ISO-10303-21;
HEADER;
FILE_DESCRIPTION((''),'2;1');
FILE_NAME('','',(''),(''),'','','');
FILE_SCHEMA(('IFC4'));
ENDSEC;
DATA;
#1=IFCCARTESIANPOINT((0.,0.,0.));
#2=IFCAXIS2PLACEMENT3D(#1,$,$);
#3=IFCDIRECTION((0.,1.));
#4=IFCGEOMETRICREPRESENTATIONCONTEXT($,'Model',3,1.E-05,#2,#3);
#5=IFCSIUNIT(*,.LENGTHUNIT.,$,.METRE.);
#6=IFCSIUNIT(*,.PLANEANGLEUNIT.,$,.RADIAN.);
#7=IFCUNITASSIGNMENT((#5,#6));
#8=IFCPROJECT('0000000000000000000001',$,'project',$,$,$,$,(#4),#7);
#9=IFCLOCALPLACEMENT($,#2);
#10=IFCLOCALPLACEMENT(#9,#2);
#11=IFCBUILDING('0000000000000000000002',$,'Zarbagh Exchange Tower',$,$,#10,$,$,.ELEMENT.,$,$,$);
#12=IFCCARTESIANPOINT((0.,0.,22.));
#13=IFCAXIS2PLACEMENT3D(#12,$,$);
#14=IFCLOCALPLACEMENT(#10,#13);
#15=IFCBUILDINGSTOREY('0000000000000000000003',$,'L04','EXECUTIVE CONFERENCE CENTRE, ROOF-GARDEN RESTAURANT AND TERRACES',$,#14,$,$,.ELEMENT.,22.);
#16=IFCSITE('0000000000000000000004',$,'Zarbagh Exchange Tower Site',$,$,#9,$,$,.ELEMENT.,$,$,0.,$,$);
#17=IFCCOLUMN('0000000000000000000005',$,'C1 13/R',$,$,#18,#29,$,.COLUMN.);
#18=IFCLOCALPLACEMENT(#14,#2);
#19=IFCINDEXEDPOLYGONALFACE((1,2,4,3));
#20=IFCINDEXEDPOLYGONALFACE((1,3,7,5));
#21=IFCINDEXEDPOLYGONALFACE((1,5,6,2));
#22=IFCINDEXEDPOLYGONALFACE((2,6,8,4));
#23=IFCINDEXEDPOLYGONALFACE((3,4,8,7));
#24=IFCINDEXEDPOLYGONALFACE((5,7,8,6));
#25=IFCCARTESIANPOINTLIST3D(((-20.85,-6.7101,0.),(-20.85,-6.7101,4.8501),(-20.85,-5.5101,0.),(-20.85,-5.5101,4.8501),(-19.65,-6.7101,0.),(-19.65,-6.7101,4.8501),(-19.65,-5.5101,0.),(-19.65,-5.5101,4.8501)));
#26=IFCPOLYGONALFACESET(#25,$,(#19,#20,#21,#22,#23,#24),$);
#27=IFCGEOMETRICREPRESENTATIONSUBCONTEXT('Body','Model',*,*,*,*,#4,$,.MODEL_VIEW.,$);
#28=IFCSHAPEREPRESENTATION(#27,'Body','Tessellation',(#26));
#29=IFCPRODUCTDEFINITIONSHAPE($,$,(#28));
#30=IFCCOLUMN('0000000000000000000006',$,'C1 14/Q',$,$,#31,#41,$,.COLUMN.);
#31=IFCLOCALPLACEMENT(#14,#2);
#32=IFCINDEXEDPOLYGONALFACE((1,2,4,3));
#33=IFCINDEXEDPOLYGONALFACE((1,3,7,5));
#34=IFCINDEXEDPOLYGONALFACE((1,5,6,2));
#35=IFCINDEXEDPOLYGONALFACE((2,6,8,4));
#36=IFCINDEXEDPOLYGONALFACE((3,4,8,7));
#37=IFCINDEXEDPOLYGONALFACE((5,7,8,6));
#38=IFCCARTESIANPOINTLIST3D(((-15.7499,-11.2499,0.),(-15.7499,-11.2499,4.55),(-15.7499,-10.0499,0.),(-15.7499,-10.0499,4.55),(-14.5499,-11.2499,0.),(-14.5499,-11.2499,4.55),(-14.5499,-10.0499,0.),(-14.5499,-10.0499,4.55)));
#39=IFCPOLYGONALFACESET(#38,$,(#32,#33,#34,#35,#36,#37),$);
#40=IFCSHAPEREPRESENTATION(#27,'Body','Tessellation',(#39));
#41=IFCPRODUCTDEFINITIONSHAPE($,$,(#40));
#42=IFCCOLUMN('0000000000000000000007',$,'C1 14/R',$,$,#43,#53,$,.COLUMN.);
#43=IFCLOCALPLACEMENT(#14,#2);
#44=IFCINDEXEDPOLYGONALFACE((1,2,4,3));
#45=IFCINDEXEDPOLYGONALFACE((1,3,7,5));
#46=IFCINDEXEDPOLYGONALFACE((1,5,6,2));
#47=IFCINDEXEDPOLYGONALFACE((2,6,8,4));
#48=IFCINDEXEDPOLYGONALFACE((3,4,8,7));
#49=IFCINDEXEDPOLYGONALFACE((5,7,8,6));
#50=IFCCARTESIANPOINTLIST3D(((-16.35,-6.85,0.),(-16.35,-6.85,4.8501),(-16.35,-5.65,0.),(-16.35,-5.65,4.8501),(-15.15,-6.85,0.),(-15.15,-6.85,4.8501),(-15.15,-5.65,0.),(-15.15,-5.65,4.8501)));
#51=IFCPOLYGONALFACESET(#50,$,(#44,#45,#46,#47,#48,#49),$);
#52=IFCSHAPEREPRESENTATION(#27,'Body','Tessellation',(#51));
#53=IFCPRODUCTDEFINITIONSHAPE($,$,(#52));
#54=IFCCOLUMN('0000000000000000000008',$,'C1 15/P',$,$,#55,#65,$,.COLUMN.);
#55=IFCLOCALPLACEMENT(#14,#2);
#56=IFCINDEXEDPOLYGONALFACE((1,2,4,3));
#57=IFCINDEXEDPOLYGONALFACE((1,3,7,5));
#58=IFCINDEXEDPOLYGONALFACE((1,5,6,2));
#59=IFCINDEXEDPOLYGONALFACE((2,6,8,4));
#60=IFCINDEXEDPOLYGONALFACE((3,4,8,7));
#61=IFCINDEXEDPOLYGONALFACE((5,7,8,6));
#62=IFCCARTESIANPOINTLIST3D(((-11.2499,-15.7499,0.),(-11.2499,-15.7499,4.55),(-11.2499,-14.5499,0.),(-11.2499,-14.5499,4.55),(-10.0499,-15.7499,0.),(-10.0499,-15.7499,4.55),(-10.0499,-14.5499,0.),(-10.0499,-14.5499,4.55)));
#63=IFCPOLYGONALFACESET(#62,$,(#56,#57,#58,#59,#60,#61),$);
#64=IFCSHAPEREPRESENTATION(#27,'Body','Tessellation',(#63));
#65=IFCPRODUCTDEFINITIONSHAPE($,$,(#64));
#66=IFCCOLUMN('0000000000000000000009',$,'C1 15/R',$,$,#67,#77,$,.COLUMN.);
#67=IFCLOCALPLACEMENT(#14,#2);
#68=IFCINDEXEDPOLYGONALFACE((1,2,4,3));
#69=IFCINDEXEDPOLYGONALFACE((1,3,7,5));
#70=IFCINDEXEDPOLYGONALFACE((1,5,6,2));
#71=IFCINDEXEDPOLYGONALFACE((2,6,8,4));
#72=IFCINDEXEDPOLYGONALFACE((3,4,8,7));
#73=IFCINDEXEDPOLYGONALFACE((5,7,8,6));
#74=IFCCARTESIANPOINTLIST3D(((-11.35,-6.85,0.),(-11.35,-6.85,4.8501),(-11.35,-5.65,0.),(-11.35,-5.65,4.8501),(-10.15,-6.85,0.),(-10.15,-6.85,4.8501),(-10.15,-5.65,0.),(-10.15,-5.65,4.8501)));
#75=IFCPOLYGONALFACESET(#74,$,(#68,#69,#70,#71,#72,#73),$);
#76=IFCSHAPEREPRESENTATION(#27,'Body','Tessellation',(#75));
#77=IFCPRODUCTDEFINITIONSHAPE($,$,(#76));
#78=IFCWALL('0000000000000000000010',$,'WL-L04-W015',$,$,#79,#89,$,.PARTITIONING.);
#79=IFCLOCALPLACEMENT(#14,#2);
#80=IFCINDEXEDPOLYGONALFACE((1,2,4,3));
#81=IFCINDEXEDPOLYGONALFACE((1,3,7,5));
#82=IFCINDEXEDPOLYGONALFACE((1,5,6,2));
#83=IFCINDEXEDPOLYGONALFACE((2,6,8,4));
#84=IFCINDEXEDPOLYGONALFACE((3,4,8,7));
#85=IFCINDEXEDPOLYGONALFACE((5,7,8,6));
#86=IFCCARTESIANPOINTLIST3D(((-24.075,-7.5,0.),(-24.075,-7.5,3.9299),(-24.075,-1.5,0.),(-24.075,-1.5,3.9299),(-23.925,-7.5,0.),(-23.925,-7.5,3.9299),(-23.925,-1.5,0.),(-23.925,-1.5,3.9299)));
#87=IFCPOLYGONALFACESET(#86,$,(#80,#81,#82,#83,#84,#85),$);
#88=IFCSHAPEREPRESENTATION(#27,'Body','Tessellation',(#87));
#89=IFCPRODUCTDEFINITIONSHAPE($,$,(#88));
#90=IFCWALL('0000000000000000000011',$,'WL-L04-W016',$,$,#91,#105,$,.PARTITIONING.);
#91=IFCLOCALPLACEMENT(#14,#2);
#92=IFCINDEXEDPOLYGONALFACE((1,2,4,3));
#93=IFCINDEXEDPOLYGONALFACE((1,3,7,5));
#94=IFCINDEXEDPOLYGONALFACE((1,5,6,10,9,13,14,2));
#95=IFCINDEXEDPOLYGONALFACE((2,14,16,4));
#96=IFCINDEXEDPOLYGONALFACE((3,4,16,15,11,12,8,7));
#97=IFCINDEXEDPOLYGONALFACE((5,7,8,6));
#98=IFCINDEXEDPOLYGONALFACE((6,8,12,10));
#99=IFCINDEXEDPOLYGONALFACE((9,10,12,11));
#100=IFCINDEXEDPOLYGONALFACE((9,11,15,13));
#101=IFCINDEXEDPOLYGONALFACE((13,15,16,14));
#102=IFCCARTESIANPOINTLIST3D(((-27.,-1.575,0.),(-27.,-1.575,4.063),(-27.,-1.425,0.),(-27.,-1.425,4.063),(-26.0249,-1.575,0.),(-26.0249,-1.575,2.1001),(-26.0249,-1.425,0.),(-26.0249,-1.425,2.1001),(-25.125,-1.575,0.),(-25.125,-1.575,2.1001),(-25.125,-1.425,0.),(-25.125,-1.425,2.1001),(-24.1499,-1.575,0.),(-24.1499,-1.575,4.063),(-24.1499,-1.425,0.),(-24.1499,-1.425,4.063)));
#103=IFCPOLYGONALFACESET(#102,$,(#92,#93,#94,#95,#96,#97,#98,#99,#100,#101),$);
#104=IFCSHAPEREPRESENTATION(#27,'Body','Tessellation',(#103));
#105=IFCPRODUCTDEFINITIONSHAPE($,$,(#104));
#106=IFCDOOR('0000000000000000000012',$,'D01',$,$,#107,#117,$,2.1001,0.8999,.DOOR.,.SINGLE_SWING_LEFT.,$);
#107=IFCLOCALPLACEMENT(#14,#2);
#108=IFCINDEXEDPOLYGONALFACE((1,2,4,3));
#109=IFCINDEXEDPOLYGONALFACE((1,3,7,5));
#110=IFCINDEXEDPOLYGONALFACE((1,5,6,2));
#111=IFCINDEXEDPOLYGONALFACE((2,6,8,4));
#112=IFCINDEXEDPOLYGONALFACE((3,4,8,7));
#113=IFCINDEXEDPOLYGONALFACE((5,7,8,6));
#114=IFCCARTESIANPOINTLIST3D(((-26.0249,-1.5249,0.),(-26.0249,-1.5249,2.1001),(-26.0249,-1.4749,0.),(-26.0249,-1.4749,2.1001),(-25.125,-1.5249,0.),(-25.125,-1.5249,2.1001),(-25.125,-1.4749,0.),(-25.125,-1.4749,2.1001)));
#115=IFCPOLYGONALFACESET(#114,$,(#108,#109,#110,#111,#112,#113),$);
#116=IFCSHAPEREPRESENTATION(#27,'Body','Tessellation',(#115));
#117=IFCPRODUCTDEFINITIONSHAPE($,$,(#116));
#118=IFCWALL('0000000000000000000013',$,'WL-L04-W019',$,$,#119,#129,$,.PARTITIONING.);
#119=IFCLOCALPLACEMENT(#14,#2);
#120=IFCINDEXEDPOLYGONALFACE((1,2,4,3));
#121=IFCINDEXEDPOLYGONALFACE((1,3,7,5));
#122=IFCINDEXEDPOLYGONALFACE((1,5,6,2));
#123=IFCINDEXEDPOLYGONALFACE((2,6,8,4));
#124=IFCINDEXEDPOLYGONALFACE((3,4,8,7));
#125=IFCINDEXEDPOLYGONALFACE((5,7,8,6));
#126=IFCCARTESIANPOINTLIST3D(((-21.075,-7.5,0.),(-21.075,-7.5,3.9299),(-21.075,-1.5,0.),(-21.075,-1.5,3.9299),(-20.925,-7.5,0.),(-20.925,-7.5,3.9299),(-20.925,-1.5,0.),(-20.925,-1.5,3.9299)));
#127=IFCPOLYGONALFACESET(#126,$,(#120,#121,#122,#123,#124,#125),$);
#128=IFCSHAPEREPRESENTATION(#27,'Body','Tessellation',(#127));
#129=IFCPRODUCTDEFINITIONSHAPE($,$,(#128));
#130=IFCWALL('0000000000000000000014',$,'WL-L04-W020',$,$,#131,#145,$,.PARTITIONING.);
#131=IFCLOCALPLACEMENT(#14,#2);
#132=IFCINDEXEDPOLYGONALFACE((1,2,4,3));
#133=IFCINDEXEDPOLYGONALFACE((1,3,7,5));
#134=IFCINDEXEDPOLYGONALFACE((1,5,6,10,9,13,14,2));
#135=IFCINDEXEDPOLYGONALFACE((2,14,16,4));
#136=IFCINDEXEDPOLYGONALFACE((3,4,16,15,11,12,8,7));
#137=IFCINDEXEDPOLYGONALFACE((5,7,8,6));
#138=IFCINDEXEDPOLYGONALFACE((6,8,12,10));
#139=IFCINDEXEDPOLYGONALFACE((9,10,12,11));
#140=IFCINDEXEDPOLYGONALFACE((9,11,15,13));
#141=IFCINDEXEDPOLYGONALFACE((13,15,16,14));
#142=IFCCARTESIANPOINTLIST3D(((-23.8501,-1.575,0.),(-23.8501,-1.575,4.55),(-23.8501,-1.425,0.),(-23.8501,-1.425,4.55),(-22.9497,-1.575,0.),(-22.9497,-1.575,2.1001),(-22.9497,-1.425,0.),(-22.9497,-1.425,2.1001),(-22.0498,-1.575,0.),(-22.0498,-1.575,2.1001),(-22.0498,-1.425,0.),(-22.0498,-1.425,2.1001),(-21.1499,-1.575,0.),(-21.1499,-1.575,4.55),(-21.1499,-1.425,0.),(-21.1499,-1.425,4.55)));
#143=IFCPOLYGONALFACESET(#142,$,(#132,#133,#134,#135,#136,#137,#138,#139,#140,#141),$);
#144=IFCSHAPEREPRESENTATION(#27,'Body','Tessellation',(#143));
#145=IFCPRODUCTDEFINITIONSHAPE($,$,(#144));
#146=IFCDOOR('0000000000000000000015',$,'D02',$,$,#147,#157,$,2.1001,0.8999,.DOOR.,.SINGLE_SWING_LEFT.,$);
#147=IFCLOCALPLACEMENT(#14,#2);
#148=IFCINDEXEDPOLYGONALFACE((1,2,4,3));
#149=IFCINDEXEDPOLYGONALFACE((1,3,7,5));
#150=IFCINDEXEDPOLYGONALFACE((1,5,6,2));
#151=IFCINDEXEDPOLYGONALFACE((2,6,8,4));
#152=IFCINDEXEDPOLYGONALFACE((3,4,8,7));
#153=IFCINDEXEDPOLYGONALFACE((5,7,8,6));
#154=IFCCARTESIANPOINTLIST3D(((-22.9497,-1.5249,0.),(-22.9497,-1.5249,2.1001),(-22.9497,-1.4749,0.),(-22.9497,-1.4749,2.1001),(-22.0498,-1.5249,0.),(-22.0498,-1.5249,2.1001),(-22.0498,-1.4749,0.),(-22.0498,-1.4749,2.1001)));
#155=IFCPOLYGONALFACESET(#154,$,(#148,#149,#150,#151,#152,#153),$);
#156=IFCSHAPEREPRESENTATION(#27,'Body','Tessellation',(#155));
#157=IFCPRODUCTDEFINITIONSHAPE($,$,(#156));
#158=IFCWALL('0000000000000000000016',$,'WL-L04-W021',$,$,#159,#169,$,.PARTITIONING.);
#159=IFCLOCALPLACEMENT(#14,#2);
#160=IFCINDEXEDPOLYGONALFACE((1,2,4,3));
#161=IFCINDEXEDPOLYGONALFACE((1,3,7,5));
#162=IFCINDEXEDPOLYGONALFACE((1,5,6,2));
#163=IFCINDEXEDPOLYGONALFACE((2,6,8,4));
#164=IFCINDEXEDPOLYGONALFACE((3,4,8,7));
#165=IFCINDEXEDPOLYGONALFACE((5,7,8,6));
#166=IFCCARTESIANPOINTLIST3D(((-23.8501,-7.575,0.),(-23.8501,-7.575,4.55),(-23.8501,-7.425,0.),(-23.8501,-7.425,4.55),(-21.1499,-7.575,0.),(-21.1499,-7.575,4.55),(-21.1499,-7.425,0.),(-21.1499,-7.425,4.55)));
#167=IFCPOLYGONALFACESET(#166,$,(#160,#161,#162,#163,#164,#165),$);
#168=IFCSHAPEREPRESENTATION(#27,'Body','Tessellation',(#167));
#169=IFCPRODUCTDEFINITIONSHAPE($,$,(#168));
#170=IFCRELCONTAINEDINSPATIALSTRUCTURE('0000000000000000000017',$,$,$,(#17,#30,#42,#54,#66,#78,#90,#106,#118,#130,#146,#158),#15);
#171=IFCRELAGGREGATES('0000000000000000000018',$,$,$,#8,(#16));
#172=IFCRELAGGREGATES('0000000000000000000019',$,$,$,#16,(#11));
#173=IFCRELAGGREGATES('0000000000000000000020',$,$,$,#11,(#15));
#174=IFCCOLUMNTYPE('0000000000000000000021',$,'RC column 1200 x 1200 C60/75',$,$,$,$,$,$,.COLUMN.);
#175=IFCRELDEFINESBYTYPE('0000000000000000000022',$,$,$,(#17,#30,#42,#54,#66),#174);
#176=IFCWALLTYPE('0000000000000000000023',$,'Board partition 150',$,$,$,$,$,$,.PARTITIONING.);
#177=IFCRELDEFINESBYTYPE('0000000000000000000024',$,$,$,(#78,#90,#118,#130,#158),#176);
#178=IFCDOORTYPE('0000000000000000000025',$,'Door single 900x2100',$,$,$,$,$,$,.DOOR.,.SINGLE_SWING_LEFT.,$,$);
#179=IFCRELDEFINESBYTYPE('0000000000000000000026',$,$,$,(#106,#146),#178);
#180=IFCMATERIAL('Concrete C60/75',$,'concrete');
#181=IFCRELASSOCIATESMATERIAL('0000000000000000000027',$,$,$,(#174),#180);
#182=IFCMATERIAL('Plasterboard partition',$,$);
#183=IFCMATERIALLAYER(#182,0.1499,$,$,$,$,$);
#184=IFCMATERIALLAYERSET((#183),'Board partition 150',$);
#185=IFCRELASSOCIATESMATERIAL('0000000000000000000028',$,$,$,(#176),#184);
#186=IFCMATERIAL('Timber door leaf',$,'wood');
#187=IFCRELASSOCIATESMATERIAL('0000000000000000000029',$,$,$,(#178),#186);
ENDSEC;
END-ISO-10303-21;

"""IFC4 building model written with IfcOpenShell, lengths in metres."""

from ifc_helpers import new_model, si_unit, direction, frame, frame_2d, origin, origin_2d, place, context, subcontext, project, spatial, rectangle, extrude, material, layer, layer_set, material_profile, profile_set, type_object, element, fill, save


model = new_model("IFC4")

# Units and contexts
model_context = context("Model", 3, precision=1e-05, world=origin(), true_north=direction((0.0, 1.0)))
body_context = subcontext(model_context, "Body", "Model", "MODEL_VIEW")
ifc_project = project(units=[si_unit("LENGTHUNIT", "METRE"), si_unit("PLANEANGLEUNIT", "RADIAN")], contexts=[model_context])

# Site, building, storey
site_placement = place(None, origin())
site = spatial("IfcSite", under=ifc_project, at=site_placement, Name="Zarbagh Exchange Tower Site", CompositionType="ELEMENT", RefElevation=0.0)
building_placement = place(site_placement, origin())
building = spatial("IfcBuilding", under=site, at=building_placement, Name="Zarbagh Exchange Tower", CompositionType="ELEMENT")
storey_placement = place(building_placement, frame((0.0, 0.0, 22.0)))
storey = spatial("IfcBuildingStorey", under=building, at=storey_placement, Name="L04", Description="EXECUTIVE CONFERENCE CENTRE, ROOF-GARDEN RESTAURANT AND TERRACES", CompositionType="ELEMENT", Elevation=22.0)

# Columns
ifc_material_1 = material(Name="Concrete C60/75", Category="concrete")
ifc_material_profile = material_profile(ifc_material_1, rectangle(XDim=1.2, YDim=1.2, at=origin_2d()), Name="RC column 1200 x 1200 C60/75")
ifc_profile_set = profile_set([ifc_material_profile], Name="Concrete C60/75")
column_type = type_object("IfcColumnType", Name="RC column 1200 x 1200 C60/75", PredefinedType="COLUMN", material=ifc_profile_set)
column_1_placement = place(storey_placement, frame((-20.25, -6.1101, 0.0), z_axis=(0.0, 0.0, 1.0), x_axis=(1.0, 0.0, 0.0)))
element("IfcColumn", 1, at=column_1_placement, inside=storey, type_object=column_type, Name="C1 13/R", PredefinedType="COLUMN", context=body_context, shape_type="SweptSolid", body=[
    extrude(rectangle(XDim=1.2, YDim=1.2, at=origin_2d()), origin(), (0.0, 0.0, 1.0), 4.8501),
])
column_2_placement = place(storey_placement, frame((-15.1499, -10.6499, 0.0), z_axis=(0.0, 0.0, 1.0), x_axis=(1.0, 0.0, 0.0)))
element("IfcColumn", 2, at=column_2_placement, inside=storey, type_object=column_type, Name="C1 14/Q", PredefinedType="COLUMN", context=body_context, shape_type="SweptSolid", body=[
    extrude(rectangle(XDim=1.2, YDim=1.2, at=origin_2d()), origin(), (0.0, 0.0, 1.0), 4.55),
])
column_3_placement = place(storey_placement, frame((-15.75, -6.25, 0.0), z_axis=(0.0, 0.0, 1.0), x_axis=(1.0, 0.0, 0.0)))
element("IfcColumn", 3, at=column_3_placement, inside=storey, type_object=column_type, Name="C1 14/R", PredefinedType="COLUMN", context=body_context, shape_type="SweptSolid", body=[
    extrude(rectangle(XDim=1.2, YDim=1.2, at=origin_2d()), origin(), (0.0, 0.0, 1.0), 4.8501),
])
column_4_placement = place(storey_placement, frame((-10.6499, -15.1499, 0.0), z_axis=(0.0, 0.0, 1.0), x_axis=(1.0, 0.0, 0.0)))
element("IfcColumn", 4, at=column_4_placement, inside=storey, type_object=column_type, Name="C1 15/P", PredefinedType="COLUMN", context=body_context, shape_type="SweptSolid", body=[
    extrude(rectangle(XDim=1.2, YDim=1.2, at=origin_2d()), origin(), (0.0, 0.0, 1.0), 4.55),
])
column_5_placement = place(storey_placement, frame((-10.75, -6.25, 0.0), z_axis=(0.0, 0.0, 1.0), x_axis=(1.0, 0.0, 0.0)))
element("IfcColumn", 5, at=column_5_placement, inside=storey, type_object=column_type, Name="C1 15/R", PredefinedType="COLUMN", context=body_context, shape_type="SweptSolid", body=[
    extrude(rectangle(XDim=1.2, YDim=1.2, at=origin_2d()), origin(), (0.0, 0.0, 1.0), 4.8501),
])

# Wall
ifc_material_2 = material(Name="Plasterboard partition")
ifc_layer_1 = layer(ifc_material_2, 0.1499)
ifc_layer_set_1 = layer_set([ifc_layer_1], Name="Board partition 150")
wall_type_1 = type_object("IfcWallType", Name="Board partition 150", PredefinedType="PARTITIONING", material=ifc_layer_set_1)
wall_1_placement = place(storey_placement, frame((-24.0, -1.5, 0.0), z_axis=(0.0, 0.0, 1.0), x_axis=(0.0, -1.0, 0.0)))
element("IfcWall", 6, at=wall_1_placement, inside=storey, type_object=wall_type_1, Name="WL-L04-W015", PredefinedType="PARTITIONING", context=body_context, shape_type="SweptSolid", body=[
    extrude(rectangle(XDim=6.0, YDim=0.1499, at=frame_2d((3.0, 0.0))), origin(), (0.0, 0.0, 1.0), 3.9299),
])

# Wall, opening, door
wall_2_placement = place(storey_placement, frame((-24.1499, -1.5, 0.0), z_axis=(0.0, 0.0, 1.0), x_axis=(-1.0, 0.0, 0.0)))
wall_2 = element("IfcWall", 7, at=wall_2_placement, inside=storey, type_object=wall_type_1, Name="WL-L04-W016", PredefinedType="PARTITIONING", context=body_context, shape_type="SweptSolid", body=[
    extrude(rectangle(XDim=2.8501, YDim=0.1499, at=frame_2d((1.425, 0.0))), origin(), (0.0, 0.0, 1.0), 4.063),
])
opening_1_placement = place(wall_2_placement, frame((0.9751, 0.0, 0.0)))
opening_1 = element("IfcOpeningElement", 8, at=opening_1_placement, cuts=wall_2, PredefinedType="OPENING", context=body_context, shape_type="SweptSolid", body=[
    extrude(rectangle(XDim=0.8999, YDim=2.1001, at=frame_2d((0.45, 1.05))), frame((0.0, 0.085, 0.0), z_axis=(0.0, -1.0, 0.0), x_axis=(1.0, 0.0, 0.0)), (0.0, 0.0, 1.0), 0.1699),
])
ifc_material_3 = material(Name="Timber door leaf", Category="wood")
door_type_1 = type_object("IfcDoorType", Name="Door single 900x2100", OperationType="SINGLE_SWING_LEFT", PredefinedType="DOOR", material=ifc_material_3)
door_1_placement = place(opening_1_placement, origin())
door_1 = element("IfcDoor", 9, at=door_1_placement, inside=storey, type_object=door_type_1, Name="D01", OperationType="SINGLE_SWING_LEFT", OverallHeight=2.1001, OverallWidth=0.8999, PredefinedType="DOOR", context=body_context, shape_type="SweptSolid", body=[
    extrude(rectangle(XDim=0.8999, YDim=2.1001, at=frame_2d((0.45, 1.05))), frame((0.0, 0.0249, 0.0), z_axis=(0.0, -1.0, 0.0), x_axis=(1.0, 0.0, 0.0)), (0.0, 0.0, 1.0), 0.05),
])
fill(opening_1, door_1)

# Wall
wall_3_placement = place(storey_placement, frame((-21.0, -1.5, 0.0), z_axis=(0.0, 0.0, 1.0), x_axis=(0.0, -1.0, 0.0)))
element("IfcWall", 10, at=wall_3_placement, inside=storey, type_object=wall_type_1, Name="WL-L04-W019", PredefinedType="PARTITIONING", context=body_context, shape_type="SweptSolid", body=[
    extrude(rectangle(XDim=6.0, YDim=0.1499, at=frame_2d((3.0, 0.0))), origin(), (0.0, 0.0, 1.0), 3.9299),
])

# Wall, opening, door
wall_4_placement = place(storey_placement, frame((-21.1499, -1.5, 0.0), z_axis=(0.0, 0.0, 1.0), x_axis=(-1.0, 0.0, 0.0)))
wall_4 = element("IfcWall", 11, at=wall_4_placement, inside=storey, type_object=wall_type_1, Name="WL-L04-W020", PredefinedType="PARTITIONING", context=body_context, shape_type="SweptSolid", body=[
    extrude(rectangle(XDim=2.7002, YDim=0.1499, at=frame_2d((1.3501, 0.0))), origin(), (0.0, 0.0, 1.0), 4.55),
])
opening_2_placement = place(wall_4_placement, frame((0.8999, 0.0, 0.0)))
opening_2 = element("IfcOpeningElement", 12, at=opening_2_placement, cuts=wall_4, PredefinedType="OPENING", context=body_context, shape_type="SweptSolid", body=[
    extrude(rectangle(XDim=0.8999, YDim=2.1001, at=frame_2d((0.45, 1.05))), frame((0.0, 0.085, 0.0), z_axis=(0.0, -1.0, 0.0), x_axis=(1.0, 0.0, 0.0)), (0.0, 0.0, 1.0), 0.1699),
])
door_2_placement = place(opening_2_placement, origin())
door_2 = element("IfcDoor", 13, at=door_2_placement, inside=storey, type_object=door_type_1, Name="D02", OperationType="SINGLE_SWING_LEFT", OverallHeight=2.1001, OverallWidth=0.8999, PredefinedType="DOOR", context=body_context, shape_type="SweptSolid", body=[
    extrude(rectangle(XDim=0.8999, YDim=2.1001, at=frame_2d((0.45, 1.05))), frame((0.0, 0.0249, 0.0), z_axis=(0.0, -1.0, 0.0), x_axis=(1.0, 0.0, 0.0)), (0.0, 0.0, 1.0), 0.05),
])
fill(opening_2, door_2)

# Wall
wall_5_placement = place(storey_placement, frame((-21.1499, -7.5, 0.0), z_axis=(0.0, 0.0, 1.0), x_axis=(-1.0, 0.0, 0.0)))
element("IfcWall", 14, at=wall_5_placement, inside=storey, type_object=wall_type_1, Name="WL-L04-W021", PredefinedType="PARTITIONING", context=body_context, shape_type="SweptSolid", body=[
    extrude(rectangle(XDim=2.7002, YDim=0.1499, at=frame_2d((1.3501, 0.0))), origin(), (0.0, 0.0, 1.0), 4.55),
])

save(model, "model.ifc")
